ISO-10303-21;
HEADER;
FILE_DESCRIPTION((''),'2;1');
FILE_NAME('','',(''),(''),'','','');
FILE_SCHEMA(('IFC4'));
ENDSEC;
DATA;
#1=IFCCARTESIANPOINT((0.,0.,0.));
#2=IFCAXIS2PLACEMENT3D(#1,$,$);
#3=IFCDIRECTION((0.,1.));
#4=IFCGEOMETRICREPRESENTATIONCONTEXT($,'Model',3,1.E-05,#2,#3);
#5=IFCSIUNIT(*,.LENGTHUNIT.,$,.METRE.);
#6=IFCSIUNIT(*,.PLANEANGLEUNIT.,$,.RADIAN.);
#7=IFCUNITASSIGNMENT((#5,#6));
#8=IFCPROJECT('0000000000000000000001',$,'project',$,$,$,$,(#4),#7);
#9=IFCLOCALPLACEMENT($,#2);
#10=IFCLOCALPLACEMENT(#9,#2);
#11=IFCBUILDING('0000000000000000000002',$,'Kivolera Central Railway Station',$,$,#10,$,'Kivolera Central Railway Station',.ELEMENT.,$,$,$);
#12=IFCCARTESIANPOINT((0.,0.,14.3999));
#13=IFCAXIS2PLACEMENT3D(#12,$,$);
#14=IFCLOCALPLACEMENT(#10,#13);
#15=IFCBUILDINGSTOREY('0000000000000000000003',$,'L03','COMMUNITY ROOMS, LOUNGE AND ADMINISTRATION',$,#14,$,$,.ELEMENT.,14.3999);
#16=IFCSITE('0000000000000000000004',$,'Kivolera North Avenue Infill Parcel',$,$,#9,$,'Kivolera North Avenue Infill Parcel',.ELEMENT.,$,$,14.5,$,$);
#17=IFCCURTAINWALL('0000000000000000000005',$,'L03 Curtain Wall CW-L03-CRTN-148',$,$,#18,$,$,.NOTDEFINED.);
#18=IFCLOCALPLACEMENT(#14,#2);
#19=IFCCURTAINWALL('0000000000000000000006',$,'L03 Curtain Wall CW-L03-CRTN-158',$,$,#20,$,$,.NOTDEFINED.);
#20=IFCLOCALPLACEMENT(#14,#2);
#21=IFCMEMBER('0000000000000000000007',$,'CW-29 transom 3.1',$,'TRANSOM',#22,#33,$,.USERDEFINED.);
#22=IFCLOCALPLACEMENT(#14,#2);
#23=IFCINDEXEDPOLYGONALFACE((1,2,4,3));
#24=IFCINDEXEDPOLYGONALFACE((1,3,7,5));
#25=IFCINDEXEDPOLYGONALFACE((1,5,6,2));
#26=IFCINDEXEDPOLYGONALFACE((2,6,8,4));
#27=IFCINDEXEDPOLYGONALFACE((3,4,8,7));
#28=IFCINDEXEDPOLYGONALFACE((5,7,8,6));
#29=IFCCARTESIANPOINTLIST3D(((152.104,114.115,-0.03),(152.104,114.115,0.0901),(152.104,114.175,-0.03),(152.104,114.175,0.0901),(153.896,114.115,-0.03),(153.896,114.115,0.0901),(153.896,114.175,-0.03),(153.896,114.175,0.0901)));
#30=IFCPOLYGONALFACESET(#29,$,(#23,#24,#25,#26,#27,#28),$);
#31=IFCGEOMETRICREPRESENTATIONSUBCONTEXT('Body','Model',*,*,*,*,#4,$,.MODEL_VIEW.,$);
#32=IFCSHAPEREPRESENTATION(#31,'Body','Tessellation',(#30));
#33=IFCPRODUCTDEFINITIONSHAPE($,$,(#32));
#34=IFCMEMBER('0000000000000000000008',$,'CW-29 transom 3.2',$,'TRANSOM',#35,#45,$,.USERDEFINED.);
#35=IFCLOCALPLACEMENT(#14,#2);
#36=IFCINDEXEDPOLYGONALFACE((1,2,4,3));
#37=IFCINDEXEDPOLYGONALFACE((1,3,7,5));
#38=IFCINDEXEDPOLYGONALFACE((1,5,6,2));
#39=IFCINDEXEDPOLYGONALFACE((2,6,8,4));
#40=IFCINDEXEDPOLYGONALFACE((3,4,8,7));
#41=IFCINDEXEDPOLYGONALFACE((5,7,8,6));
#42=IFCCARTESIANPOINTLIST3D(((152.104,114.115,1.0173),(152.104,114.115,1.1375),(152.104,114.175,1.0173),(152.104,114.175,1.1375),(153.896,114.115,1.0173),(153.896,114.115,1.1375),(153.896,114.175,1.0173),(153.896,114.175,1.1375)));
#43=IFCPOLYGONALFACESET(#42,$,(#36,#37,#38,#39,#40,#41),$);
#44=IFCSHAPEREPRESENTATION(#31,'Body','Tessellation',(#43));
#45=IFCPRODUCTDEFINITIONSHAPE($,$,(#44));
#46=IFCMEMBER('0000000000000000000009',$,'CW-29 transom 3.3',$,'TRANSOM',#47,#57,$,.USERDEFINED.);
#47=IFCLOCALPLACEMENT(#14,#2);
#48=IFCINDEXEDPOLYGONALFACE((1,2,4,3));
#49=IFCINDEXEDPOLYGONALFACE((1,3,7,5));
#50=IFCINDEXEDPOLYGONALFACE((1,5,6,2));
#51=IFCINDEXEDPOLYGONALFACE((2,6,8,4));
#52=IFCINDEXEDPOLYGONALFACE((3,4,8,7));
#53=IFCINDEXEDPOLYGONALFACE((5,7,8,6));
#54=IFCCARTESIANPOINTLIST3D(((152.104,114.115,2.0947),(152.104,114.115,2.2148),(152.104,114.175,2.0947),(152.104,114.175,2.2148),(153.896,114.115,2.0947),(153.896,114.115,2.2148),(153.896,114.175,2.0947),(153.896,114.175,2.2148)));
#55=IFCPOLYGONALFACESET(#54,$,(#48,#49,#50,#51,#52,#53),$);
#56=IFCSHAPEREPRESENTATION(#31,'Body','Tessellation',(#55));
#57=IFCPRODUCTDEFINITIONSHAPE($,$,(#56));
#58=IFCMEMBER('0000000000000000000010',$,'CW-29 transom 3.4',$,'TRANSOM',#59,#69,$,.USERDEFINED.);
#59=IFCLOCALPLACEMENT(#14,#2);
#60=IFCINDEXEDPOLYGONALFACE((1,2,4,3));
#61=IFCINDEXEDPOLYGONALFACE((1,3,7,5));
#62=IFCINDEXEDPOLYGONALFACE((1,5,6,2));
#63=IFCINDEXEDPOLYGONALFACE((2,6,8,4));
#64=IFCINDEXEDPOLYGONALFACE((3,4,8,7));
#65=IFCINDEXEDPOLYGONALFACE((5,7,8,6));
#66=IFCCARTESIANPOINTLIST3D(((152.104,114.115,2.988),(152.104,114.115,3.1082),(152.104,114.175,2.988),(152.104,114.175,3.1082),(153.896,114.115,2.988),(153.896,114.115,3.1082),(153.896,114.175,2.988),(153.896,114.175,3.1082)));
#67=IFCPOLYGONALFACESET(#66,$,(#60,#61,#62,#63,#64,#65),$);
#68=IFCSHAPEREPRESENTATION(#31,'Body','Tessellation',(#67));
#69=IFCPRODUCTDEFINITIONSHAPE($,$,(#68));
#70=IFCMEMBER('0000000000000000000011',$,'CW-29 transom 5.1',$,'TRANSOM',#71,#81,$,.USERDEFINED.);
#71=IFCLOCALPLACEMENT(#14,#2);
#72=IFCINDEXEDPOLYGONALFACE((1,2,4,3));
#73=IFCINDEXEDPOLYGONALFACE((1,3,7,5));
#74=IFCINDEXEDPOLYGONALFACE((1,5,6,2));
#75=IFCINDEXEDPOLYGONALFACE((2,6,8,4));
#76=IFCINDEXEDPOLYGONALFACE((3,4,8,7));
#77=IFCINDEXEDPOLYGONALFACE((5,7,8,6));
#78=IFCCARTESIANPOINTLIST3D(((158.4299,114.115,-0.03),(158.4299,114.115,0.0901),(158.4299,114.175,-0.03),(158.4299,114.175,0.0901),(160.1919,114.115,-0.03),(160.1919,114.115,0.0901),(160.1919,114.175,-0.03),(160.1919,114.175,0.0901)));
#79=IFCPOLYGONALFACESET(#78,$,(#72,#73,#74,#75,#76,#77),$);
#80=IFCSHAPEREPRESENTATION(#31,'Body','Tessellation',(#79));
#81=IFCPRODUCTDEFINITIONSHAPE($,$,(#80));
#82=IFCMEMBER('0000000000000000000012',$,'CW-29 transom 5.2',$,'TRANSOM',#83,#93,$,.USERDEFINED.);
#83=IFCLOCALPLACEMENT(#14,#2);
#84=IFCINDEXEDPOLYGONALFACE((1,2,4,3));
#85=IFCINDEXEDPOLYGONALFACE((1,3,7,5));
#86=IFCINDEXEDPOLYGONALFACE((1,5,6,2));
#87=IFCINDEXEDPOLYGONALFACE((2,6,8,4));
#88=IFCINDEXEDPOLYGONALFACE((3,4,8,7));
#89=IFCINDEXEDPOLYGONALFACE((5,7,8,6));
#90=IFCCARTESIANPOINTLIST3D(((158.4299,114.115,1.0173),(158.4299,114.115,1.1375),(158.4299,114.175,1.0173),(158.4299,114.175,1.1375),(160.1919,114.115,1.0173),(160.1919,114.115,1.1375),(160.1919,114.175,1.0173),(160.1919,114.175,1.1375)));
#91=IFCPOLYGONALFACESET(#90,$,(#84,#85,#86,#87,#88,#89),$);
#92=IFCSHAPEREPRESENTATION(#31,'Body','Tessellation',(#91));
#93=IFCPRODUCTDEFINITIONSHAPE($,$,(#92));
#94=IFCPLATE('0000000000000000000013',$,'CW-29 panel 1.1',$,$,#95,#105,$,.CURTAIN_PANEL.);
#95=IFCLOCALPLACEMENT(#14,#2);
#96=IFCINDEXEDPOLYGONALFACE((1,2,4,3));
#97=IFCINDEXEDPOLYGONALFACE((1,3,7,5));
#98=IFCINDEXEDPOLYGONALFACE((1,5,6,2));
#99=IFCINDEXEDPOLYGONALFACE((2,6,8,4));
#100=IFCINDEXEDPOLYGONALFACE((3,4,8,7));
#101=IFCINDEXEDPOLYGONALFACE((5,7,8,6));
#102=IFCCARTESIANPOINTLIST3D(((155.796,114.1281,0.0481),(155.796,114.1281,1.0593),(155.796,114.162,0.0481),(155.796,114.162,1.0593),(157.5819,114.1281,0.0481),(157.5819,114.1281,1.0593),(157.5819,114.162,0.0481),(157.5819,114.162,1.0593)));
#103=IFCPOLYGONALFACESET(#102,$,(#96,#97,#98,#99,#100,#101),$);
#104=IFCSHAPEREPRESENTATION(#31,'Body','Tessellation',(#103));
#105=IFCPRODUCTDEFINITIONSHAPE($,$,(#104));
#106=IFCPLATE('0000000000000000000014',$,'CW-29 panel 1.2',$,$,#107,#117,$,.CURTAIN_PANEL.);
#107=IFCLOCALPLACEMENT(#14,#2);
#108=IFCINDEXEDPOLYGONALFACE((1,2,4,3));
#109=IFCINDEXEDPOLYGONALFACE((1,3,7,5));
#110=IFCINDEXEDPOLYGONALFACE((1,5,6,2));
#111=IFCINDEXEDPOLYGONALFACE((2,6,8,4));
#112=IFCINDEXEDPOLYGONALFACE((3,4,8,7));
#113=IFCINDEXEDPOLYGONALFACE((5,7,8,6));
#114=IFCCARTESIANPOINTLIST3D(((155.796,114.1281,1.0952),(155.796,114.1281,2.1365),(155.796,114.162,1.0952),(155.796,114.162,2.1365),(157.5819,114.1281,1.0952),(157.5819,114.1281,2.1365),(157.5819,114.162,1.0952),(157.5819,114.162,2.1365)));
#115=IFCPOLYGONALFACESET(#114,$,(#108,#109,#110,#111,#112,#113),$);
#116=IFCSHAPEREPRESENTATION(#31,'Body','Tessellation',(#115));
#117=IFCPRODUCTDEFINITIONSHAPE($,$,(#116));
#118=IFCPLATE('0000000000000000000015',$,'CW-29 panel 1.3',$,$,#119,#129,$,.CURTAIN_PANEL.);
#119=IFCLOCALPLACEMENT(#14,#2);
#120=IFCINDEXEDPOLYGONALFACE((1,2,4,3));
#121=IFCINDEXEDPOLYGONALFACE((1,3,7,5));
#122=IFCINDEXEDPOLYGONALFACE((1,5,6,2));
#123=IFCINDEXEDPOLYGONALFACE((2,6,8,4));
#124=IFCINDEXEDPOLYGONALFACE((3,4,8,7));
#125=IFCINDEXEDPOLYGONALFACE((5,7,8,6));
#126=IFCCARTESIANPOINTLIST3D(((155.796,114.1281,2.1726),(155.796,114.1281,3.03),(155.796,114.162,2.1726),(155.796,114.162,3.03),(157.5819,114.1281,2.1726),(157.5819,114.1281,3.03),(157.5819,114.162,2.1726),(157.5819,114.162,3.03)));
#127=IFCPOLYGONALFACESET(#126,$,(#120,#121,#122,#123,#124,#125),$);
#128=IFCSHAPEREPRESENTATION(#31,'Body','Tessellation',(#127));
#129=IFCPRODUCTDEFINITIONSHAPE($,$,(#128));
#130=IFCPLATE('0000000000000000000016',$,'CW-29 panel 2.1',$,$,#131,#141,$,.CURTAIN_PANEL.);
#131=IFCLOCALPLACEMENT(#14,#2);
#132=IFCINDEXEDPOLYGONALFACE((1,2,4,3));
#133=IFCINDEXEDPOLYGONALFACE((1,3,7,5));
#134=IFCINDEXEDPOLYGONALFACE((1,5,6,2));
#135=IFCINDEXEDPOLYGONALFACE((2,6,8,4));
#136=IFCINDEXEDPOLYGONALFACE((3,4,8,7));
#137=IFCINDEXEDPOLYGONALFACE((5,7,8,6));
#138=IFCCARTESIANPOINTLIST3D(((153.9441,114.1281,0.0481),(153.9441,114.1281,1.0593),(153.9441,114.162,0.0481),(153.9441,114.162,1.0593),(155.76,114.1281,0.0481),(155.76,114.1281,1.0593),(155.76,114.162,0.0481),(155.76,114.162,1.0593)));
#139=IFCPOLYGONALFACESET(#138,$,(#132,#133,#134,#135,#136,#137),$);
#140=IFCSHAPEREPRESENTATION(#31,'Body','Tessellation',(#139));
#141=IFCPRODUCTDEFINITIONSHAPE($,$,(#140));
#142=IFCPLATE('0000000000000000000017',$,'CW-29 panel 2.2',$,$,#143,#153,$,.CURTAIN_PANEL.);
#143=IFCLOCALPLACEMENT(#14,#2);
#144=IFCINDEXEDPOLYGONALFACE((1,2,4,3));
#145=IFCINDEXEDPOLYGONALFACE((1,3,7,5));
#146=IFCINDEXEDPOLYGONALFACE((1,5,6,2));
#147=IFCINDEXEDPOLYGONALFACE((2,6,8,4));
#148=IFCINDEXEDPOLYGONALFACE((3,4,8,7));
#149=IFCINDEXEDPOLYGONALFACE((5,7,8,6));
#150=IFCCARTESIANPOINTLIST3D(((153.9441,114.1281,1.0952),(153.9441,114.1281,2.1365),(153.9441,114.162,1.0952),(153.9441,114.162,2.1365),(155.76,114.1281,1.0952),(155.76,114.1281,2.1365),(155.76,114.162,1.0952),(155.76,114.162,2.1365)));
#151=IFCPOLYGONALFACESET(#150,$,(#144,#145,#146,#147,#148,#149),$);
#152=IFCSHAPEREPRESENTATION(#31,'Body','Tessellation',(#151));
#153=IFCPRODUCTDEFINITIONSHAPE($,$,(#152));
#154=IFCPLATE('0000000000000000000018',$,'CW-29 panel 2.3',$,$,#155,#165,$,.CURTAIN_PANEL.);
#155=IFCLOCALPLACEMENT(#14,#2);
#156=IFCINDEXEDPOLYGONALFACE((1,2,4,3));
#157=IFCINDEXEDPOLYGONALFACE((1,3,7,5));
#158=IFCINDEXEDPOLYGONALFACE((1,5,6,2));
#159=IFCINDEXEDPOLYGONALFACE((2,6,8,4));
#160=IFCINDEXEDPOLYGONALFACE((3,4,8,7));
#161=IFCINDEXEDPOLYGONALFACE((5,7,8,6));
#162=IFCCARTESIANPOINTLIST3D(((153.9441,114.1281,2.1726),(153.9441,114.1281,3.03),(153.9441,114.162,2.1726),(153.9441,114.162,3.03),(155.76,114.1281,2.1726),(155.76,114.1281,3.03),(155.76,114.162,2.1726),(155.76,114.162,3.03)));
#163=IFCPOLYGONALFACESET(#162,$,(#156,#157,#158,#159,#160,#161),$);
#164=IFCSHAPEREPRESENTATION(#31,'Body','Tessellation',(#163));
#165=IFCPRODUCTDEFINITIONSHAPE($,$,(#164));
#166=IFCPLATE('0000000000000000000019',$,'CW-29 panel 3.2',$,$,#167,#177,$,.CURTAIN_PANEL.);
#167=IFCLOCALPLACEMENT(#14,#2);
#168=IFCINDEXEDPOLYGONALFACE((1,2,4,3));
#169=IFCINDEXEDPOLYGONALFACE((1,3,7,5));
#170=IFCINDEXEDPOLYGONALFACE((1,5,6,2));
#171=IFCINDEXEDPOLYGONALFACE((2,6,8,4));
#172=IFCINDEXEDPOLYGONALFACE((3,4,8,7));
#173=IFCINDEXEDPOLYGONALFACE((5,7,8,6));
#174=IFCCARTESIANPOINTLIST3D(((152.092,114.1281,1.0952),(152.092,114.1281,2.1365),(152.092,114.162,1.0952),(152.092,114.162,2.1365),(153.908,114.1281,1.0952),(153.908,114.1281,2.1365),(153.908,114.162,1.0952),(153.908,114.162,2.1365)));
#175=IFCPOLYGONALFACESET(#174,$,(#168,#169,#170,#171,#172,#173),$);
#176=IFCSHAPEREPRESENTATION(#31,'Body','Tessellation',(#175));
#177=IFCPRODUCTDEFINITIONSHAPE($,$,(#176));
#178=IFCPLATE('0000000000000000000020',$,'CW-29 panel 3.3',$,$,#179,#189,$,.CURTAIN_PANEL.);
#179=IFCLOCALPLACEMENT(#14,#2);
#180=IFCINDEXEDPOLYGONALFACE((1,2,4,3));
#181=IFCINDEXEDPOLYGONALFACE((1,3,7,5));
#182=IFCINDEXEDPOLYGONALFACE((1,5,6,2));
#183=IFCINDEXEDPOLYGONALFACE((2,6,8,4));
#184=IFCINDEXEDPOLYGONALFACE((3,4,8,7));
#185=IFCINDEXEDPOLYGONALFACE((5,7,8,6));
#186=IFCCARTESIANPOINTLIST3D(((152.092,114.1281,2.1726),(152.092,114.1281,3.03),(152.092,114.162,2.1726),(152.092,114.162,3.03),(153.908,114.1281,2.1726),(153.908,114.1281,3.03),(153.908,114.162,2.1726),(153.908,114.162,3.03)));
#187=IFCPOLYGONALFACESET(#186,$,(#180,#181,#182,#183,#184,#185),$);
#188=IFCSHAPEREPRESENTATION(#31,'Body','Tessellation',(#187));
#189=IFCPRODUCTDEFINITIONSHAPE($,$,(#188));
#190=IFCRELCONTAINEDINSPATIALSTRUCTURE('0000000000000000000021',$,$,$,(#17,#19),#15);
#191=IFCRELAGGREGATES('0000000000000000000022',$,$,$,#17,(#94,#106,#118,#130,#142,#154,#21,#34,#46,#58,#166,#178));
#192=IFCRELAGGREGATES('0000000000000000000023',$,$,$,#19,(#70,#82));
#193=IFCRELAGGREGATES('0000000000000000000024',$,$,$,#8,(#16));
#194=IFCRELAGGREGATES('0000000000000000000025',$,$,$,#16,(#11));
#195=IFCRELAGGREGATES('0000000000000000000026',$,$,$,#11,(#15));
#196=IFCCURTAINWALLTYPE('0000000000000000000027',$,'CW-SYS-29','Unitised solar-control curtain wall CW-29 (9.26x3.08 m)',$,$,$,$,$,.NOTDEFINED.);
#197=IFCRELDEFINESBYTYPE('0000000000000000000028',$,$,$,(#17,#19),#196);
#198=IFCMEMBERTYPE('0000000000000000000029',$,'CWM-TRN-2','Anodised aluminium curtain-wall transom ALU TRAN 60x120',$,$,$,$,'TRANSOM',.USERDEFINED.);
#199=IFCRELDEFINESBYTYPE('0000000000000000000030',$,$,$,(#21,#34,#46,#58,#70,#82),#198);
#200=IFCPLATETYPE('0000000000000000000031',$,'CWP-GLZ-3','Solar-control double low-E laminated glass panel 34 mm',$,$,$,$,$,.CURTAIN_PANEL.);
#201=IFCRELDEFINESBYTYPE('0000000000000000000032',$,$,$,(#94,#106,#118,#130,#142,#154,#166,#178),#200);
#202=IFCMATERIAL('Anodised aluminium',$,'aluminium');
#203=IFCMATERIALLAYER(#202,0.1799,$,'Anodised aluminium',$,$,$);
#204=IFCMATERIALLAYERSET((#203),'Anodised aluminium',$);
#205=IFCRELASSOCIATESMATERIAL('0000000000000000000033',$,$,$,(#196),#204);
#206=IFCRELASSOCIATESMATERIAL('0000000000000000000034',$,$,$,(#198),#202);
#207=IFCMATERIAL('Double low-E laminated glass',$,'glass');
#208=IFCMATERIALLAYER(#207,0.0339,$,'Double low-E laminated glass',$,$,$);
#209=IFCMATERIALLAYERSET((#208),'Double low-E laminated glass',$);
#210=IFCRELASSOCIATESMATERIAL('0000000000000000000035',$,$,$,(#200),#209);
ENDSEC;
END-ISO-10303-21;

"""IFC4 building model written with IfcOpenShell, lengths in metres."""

from ifc_helpers import new_model, si_unit, direction, frame, origin, origin_2d, place, context, subcontext, project, spatial, rectangle, extrude, material, layer, layer_set, material_profile, profile_set, type_object, element, aggregate, save


model = new_model("IFC4")

# Units and contexts
model_context = context("Model", 3, precision=1e-05, world=origin(), true_north=direction((0.0, 1.0)))
body_context = subcontext(model_context, "Body", "Model", "MODEL_VIEW")
ifc_project = project(units=[si_unit("LENGTHUNIT", "METRE"), si_unit("PLANEANGLEUNIT", "RADIAN")], contexts=[model_context])

# Site, building, storey
site_placement = place(None, origin())
site = spatial("IfcSite", under=ifc_project, at=site_placement, Name="Kivolera North Avenue Infill Parcel", LongName="Kivolera North Avenue Infill Parcel", CompositionType="ELEMENT", RefElevation=14.5)
building_placement = place(site_placement, origin())
building = spatial("IfcBuilding", under=site, at=building_placement, Name="Kivolera Central Railway Station", LongName="Kivolera Central Railway Station", CompositionType="ELEMENT")
storey_placement = place(building_placement, frame((0.0, 0.0, 14.3999)))
storey = spatial("IfcBuildingStorey", under=building, at=storey_placement, Name="L03", Description="COMMUNITY ROOMS, LOUNGE AND ADMINISTRATION", CompositionType="ELEMENT", Elevation=14.3999)

# Curtain wall
ifc_material_1 = material(Name="Anodised aluminium", Category="aluminium")
ifc_layer_1 = layer(ifc_material_1, 0.1799, Name="Anodised aluminium")
ifc_layer_set_1 = layer_set([ifc_layer_1], Name="Anodised aluminium")
curtain_wall_type = type_object("IfcCurtainWallType", Name="CW-SYS-29", Description="Unitised solar-control curtain wall CW-29 (9.26x3.08 m)", PredefinedType="NOTDEFINED", material=ifc_layer_set_1)
curtain_wall_1_placement = place(storey_placement, origin())
curtain_wall_1 = element("IfcCurtainWall", 1, at=curtain_wall_1_placement, inside=storey, type_object=curtain_wall_type, Name="L03 Curtain Wall CW-L03-CRTN-148", PredefinedType="NOTDEFINED")

# Curtain wall
curtain_wall_2_placement = place(storey_placement, origin())
curtain_wall_2 = element("IfcCurtainWall", 2, at=curtain_wall_2_placement, inside=storey, type_object=curtain_wall_type, Name="L03 Curtain Wall CW-L03-CRTN-158", PredefinedType="NOTDEFINED")

# Members
ifc_material_profile_1 = material_profile(ifc_material_1, rectangle(XDim=0.0601, YDim=0.1201, at=origin_2d()), Name="ALU TRAN 60x120")
ifc_profile_set_1 = profile_set([ifc_material_profile_1], Name="Anodised aluminium")
member_type_1 = type_object("IfcMemberType", Name="CWM-TRN-2", Description="Anodised aluminium curtain-wall transom ALU TRAN 60x120", ElementType="TRANSOM", PredefinedType="USERDEFINED", material=ifc_profile_set_1)
member_1_placement = place(storey_placement, frame((153.896, 114.145, 0.03), z_axis=(-1.0, 0.0, 0.0), x_axis=(0.0, -1.0, 0.0)))
member_1 = element("IfcMember", 3, at=member_1_placement, type_object=member_type_1, Name="CW-29 transom 3.1", ObjectType="TRANSOM", PredefinedType="USERDEFINED", context=body_context, shape_type="SweptSolid", body=[
    extrude(rectangle(XDim=0.0601, YDim=0.1201, at=origin_2d()), origin(), (0.0, 0.0, 1.0), 1.792),
])
member_2_placement = place(storey_placement, frame((153.896, 114.145, 1.0774), z_axis=(-1.0, 0.0, 0.0), x_axis=(0.0, -1.0, 0.0)))
member_2 = element("IfcMember", 4, at=member_2_placement, type_object=member_type_1, Name="CW-29 transom 3.2", ObjectType="TRANSOM", PredefinedType="USERDEFINED", context=body_context, shape_type="SweptSolid", body=[
    extrude(rectangle(XDim=0.0601, YDim=0.1201, at=origin_2d()), origin(), (0.0, 0.0, 1.0), 1.792),
])
member_3_placement = place(storey_placement, frame((153.896, 114.145, 2.1548), z_axis=(-1.0, 0.0, 0.0), x_axis=(0.0, -1.0, 0.0)))
member_3 = element("IfcMember", 5, at=member_3_placement, type_object=member_type_1, Name="CW-29 transom 3.3", ObjectType="TRANSOM", PredefinedType="USERDEFINED", context=body_context, shape_type="SweptSolid", body=[
    extrude(rectangle(XDim=0.0601, YDim=0.1201, at=origin_2d()), origin(), (0.0, 0.0, 1.0), 1.792),
])
member_4_placement = place(storey_placement, frame((153.896, 114.145, 3.0481), z_axis=(-1.0, 0.0, 0.0), x_axis=(0.0, -1.0, 0.0)))
member_4 = element("IfcMember", 6, at=member_4_placement, type_object=member_type_1, Name="CW-29 transom 3.4", ObjectType="TRANSOM", PredefinedType="USERDEFINED", context=body_context, shape_type="SweptSolid", body=[
    extrude(rectangle(XDim=0.0601, YDim=0.1201, at=origin_2d()), origin(), (0.0, 0.0, 1.0), 1.792),
])
member_5_placement = place(storey_placement, frame((160.1919, 114.145, 0.03), z_axis=(-1.0, 0.0, 0.0), x_axis=(0.0, -1.0, 0.0)))
member_5 = element("IfcMember", 7, at=member_5_placement, type_object=member_type_1, Name="CW-29 transom 5.1", ObjectType="TRANSOM", PredefinedType="USERDEFINED", context=body_context, shape_type="SweptSolid", body=[
    extrude(rectangle(XDim=0.0601, YDim=0.1201, at=origin_2d()), origin(), (0.0, 0.0, 1.0), 1.762),
])
member_6_placement = place(storey_placement, frame((160.1919, 114.145, 1.0774), z_axis=(-1.0, 0.0, 0.0), x_axis=(0.0, -1.0, 0.0)))
member_6 = element("IfcMember", 8, at=member_6_placement, type_object=member_type_1, Name="CW-29 transom 5.2", ObjectType="TRANSOM", PredefinedType="USERDEFINED", context=body_context, shape_type="SweptSolid", body=[
    extrude(rectangle(XDim=0.0601, YDim=0.1201, at=origin_2d()), origin(), (0.0, 0.0, 1.0), 1.762),
])

# Plates
ifc_material_2 = material(Name="Double low-E laminated glass", Category="glass")
ifc_layer_2 = layer(ifc_material_2, 0.0339, Name="Double low-E laminated glass")
ifc_layer_set_2 = layer_set([ifc_layer_2], Name="Double low-E laminated glass")
plate_type_1 = type_object("IfcPlateType", Name="CWP-GLZ-3", Description="Solar-control double low-E laminated glass panel 34 mm", PredefinedType="CURTAIN_PANEL", material=ifc_layer_set_2)
plate_1_placement = place(storey_placement, frame((156.689, 114.145, 0.0481), z_axis=(0.0, 0.0, 1.0), x_axis=(-1.0, 0.0, 0.0)))
plate_1 = element("IfcPlate", 9, at=plate_1_placement, type_object=plate_type_1, Name="CW-29 panel 1.1", PredefinedType="CURTAIN_PANEL", context=body_context, shape_type="SweptSolid", body=[
    extrude(rectangle(XDim=1.7859, YDim=0.0339, at=origin_2d()), origin(), (0.0, 0.0, 1.0), 1.0112),
])
plate_2_placement = place(storey_placement, frame((156.689, 114.145, 1.0952), z_axis=(0.0, 0.0, 1.0), x_axis=(-1.0, 0.0, 0.0)))
plate_2 = element("IfcPlate", 10, at=plate_2_placement, type_object=plate_type_1, Name="CW-29 panel 1.2", PredefinedType="CURTAIN_PANEL", context=body_context, shape_type="SweptSolid", body=[
    extrude(rectangle(XDim=1.7859, YDim=0.0339, at=origin_2d()), origin(), (0.0, 0.0, 1.0), 1.0413),
])
plate_3_placement = place(storey_placement, frame((156.689, 114.145, 2.1726), z_axis=(0.0, 0.0, 1.0), x_axis=(-1.0, 0.0, 0.0)))
plate_3 = element("IfcPlate", 11, at=plate_3_placement, type_object=plate_type_1, Name="CW-29 panel 1.3", PredefinedType="CURTAIN_PANEL", context=body_context, shape_type="SweptSolid", body=[
    extrude(rectangle(XDim=1.7859, YDim=0.0339, at=origin_2d()), origin(), (0.0, 0.0, 1.0), 0.8574),
])
plate_4_placement = place(storey_placement, frame((154.8521, 114.145, 0.0481), z_axis=(0.0, 0.0, 1.0), x_axis=(-1.0, 0.0, 0.0)))
plate_4 = element("IfcPlate", 12, at=plate_4_placement, type_object=plate_type_1, Name="CW-29 panel 2.1", PredefinedType="CURTAIN_PANEL", context=body_context, shape_type="SweptSolid", body=[
    extrude(rectangle(XDim=1.8159, YDim=0.0339, at=origin_2d()), origin(), (0.0, 0.0, 1.0), 1.0112),
])
plate_5_placement = place(storey_placement, frame((154.8521, 114.145, 1.0952), z_axis=(0.0, 0.0, 1.0), x_axis=(-1.0, 0.0, 0.0)))
plate_5 = element("IfcPlate", 13, at=plate_5_placement, type_object=plate_type_1, Name="CW-29 panel 2.2", PredefinedType="CURTAIN_PANEL", context=body_context, shape_type="SweptSolid", body=[
    extrude(rectangle(XDim=1.8159, YDim=0.0339, at=origin_2d()), origin(), (0.0, 0.0, 1.0), 1.0413),
])
plate_6_placement = place(storey_placement, frame((154.8521, 114.145, 2.1726), z_axis=(0.0, 0.0, 1.0), x_axis=(-1.0, 0.0, 0.0)))
plate_6 = element("IfcPlate", 14, at=plate_6_placement, type_object=plate_type_1, Name="CW-29 panel 2.3", PredefinedType="CURTAIN_PANEL", context=body_context, shape_type="SweptSolid", body=[
    extrude(rectangle(XDim=1.8159, YDim=0.0339, at=origin_2d()), origin(), (0.0, 0.0, 1.0), 0.8574),
])
plate_7_placement = place(storey_placement, frame((153.0, 114.145, 1.0952), z_axis=(0.0, 0.0, 1.0), x_axis=(-1.0, 0.0, 0.0)))
plate_7 = element("IfcPlate", 15, at=plate_7_placement, type_object=plate_type_1, Name="CW-29 panel 3.2", PredefinedType="CURTAIN_PANEL", context=body_context, shape_type="SweptSolid", body=[
    extrude(rectangle(XDim=1.8159, YDim=0.0339, at=origin_2d()), origin(), (0.0, 0.0, 1.0), 1.0413),
])
plate_8_placement = place(storey_placement, frame((153.0, 114.145, 2.1726), z_axis=(0.0, 0.0, 1.0), x_axis=(-1.0, 0.0, 0.0)))
plate_8 = element("IfcPlate", 16, at=plate_8_placement, type_object=plate_type_1, Name="CW-29 panel 3.3", PredefinedType="CURTAIN_PANEL", context=body_context, shape_type="SweptSolid", body=[
    extrude(rectangle(XDim=1.8159, YDim=0.0339, at=origin_2d()), origin(), (0.0, 0.0, 1.0), 0.8574),
])
aggregate(curtain_wall_1, [plate_1, plate_2, plate_3, plate_4, plate_5, plate_6, member_1, member_2, member_3, member_4, plate_7, plate_8])
aggregate(curtain_wall_2, [member_5, member_6])

save(model, "model.ifc")
